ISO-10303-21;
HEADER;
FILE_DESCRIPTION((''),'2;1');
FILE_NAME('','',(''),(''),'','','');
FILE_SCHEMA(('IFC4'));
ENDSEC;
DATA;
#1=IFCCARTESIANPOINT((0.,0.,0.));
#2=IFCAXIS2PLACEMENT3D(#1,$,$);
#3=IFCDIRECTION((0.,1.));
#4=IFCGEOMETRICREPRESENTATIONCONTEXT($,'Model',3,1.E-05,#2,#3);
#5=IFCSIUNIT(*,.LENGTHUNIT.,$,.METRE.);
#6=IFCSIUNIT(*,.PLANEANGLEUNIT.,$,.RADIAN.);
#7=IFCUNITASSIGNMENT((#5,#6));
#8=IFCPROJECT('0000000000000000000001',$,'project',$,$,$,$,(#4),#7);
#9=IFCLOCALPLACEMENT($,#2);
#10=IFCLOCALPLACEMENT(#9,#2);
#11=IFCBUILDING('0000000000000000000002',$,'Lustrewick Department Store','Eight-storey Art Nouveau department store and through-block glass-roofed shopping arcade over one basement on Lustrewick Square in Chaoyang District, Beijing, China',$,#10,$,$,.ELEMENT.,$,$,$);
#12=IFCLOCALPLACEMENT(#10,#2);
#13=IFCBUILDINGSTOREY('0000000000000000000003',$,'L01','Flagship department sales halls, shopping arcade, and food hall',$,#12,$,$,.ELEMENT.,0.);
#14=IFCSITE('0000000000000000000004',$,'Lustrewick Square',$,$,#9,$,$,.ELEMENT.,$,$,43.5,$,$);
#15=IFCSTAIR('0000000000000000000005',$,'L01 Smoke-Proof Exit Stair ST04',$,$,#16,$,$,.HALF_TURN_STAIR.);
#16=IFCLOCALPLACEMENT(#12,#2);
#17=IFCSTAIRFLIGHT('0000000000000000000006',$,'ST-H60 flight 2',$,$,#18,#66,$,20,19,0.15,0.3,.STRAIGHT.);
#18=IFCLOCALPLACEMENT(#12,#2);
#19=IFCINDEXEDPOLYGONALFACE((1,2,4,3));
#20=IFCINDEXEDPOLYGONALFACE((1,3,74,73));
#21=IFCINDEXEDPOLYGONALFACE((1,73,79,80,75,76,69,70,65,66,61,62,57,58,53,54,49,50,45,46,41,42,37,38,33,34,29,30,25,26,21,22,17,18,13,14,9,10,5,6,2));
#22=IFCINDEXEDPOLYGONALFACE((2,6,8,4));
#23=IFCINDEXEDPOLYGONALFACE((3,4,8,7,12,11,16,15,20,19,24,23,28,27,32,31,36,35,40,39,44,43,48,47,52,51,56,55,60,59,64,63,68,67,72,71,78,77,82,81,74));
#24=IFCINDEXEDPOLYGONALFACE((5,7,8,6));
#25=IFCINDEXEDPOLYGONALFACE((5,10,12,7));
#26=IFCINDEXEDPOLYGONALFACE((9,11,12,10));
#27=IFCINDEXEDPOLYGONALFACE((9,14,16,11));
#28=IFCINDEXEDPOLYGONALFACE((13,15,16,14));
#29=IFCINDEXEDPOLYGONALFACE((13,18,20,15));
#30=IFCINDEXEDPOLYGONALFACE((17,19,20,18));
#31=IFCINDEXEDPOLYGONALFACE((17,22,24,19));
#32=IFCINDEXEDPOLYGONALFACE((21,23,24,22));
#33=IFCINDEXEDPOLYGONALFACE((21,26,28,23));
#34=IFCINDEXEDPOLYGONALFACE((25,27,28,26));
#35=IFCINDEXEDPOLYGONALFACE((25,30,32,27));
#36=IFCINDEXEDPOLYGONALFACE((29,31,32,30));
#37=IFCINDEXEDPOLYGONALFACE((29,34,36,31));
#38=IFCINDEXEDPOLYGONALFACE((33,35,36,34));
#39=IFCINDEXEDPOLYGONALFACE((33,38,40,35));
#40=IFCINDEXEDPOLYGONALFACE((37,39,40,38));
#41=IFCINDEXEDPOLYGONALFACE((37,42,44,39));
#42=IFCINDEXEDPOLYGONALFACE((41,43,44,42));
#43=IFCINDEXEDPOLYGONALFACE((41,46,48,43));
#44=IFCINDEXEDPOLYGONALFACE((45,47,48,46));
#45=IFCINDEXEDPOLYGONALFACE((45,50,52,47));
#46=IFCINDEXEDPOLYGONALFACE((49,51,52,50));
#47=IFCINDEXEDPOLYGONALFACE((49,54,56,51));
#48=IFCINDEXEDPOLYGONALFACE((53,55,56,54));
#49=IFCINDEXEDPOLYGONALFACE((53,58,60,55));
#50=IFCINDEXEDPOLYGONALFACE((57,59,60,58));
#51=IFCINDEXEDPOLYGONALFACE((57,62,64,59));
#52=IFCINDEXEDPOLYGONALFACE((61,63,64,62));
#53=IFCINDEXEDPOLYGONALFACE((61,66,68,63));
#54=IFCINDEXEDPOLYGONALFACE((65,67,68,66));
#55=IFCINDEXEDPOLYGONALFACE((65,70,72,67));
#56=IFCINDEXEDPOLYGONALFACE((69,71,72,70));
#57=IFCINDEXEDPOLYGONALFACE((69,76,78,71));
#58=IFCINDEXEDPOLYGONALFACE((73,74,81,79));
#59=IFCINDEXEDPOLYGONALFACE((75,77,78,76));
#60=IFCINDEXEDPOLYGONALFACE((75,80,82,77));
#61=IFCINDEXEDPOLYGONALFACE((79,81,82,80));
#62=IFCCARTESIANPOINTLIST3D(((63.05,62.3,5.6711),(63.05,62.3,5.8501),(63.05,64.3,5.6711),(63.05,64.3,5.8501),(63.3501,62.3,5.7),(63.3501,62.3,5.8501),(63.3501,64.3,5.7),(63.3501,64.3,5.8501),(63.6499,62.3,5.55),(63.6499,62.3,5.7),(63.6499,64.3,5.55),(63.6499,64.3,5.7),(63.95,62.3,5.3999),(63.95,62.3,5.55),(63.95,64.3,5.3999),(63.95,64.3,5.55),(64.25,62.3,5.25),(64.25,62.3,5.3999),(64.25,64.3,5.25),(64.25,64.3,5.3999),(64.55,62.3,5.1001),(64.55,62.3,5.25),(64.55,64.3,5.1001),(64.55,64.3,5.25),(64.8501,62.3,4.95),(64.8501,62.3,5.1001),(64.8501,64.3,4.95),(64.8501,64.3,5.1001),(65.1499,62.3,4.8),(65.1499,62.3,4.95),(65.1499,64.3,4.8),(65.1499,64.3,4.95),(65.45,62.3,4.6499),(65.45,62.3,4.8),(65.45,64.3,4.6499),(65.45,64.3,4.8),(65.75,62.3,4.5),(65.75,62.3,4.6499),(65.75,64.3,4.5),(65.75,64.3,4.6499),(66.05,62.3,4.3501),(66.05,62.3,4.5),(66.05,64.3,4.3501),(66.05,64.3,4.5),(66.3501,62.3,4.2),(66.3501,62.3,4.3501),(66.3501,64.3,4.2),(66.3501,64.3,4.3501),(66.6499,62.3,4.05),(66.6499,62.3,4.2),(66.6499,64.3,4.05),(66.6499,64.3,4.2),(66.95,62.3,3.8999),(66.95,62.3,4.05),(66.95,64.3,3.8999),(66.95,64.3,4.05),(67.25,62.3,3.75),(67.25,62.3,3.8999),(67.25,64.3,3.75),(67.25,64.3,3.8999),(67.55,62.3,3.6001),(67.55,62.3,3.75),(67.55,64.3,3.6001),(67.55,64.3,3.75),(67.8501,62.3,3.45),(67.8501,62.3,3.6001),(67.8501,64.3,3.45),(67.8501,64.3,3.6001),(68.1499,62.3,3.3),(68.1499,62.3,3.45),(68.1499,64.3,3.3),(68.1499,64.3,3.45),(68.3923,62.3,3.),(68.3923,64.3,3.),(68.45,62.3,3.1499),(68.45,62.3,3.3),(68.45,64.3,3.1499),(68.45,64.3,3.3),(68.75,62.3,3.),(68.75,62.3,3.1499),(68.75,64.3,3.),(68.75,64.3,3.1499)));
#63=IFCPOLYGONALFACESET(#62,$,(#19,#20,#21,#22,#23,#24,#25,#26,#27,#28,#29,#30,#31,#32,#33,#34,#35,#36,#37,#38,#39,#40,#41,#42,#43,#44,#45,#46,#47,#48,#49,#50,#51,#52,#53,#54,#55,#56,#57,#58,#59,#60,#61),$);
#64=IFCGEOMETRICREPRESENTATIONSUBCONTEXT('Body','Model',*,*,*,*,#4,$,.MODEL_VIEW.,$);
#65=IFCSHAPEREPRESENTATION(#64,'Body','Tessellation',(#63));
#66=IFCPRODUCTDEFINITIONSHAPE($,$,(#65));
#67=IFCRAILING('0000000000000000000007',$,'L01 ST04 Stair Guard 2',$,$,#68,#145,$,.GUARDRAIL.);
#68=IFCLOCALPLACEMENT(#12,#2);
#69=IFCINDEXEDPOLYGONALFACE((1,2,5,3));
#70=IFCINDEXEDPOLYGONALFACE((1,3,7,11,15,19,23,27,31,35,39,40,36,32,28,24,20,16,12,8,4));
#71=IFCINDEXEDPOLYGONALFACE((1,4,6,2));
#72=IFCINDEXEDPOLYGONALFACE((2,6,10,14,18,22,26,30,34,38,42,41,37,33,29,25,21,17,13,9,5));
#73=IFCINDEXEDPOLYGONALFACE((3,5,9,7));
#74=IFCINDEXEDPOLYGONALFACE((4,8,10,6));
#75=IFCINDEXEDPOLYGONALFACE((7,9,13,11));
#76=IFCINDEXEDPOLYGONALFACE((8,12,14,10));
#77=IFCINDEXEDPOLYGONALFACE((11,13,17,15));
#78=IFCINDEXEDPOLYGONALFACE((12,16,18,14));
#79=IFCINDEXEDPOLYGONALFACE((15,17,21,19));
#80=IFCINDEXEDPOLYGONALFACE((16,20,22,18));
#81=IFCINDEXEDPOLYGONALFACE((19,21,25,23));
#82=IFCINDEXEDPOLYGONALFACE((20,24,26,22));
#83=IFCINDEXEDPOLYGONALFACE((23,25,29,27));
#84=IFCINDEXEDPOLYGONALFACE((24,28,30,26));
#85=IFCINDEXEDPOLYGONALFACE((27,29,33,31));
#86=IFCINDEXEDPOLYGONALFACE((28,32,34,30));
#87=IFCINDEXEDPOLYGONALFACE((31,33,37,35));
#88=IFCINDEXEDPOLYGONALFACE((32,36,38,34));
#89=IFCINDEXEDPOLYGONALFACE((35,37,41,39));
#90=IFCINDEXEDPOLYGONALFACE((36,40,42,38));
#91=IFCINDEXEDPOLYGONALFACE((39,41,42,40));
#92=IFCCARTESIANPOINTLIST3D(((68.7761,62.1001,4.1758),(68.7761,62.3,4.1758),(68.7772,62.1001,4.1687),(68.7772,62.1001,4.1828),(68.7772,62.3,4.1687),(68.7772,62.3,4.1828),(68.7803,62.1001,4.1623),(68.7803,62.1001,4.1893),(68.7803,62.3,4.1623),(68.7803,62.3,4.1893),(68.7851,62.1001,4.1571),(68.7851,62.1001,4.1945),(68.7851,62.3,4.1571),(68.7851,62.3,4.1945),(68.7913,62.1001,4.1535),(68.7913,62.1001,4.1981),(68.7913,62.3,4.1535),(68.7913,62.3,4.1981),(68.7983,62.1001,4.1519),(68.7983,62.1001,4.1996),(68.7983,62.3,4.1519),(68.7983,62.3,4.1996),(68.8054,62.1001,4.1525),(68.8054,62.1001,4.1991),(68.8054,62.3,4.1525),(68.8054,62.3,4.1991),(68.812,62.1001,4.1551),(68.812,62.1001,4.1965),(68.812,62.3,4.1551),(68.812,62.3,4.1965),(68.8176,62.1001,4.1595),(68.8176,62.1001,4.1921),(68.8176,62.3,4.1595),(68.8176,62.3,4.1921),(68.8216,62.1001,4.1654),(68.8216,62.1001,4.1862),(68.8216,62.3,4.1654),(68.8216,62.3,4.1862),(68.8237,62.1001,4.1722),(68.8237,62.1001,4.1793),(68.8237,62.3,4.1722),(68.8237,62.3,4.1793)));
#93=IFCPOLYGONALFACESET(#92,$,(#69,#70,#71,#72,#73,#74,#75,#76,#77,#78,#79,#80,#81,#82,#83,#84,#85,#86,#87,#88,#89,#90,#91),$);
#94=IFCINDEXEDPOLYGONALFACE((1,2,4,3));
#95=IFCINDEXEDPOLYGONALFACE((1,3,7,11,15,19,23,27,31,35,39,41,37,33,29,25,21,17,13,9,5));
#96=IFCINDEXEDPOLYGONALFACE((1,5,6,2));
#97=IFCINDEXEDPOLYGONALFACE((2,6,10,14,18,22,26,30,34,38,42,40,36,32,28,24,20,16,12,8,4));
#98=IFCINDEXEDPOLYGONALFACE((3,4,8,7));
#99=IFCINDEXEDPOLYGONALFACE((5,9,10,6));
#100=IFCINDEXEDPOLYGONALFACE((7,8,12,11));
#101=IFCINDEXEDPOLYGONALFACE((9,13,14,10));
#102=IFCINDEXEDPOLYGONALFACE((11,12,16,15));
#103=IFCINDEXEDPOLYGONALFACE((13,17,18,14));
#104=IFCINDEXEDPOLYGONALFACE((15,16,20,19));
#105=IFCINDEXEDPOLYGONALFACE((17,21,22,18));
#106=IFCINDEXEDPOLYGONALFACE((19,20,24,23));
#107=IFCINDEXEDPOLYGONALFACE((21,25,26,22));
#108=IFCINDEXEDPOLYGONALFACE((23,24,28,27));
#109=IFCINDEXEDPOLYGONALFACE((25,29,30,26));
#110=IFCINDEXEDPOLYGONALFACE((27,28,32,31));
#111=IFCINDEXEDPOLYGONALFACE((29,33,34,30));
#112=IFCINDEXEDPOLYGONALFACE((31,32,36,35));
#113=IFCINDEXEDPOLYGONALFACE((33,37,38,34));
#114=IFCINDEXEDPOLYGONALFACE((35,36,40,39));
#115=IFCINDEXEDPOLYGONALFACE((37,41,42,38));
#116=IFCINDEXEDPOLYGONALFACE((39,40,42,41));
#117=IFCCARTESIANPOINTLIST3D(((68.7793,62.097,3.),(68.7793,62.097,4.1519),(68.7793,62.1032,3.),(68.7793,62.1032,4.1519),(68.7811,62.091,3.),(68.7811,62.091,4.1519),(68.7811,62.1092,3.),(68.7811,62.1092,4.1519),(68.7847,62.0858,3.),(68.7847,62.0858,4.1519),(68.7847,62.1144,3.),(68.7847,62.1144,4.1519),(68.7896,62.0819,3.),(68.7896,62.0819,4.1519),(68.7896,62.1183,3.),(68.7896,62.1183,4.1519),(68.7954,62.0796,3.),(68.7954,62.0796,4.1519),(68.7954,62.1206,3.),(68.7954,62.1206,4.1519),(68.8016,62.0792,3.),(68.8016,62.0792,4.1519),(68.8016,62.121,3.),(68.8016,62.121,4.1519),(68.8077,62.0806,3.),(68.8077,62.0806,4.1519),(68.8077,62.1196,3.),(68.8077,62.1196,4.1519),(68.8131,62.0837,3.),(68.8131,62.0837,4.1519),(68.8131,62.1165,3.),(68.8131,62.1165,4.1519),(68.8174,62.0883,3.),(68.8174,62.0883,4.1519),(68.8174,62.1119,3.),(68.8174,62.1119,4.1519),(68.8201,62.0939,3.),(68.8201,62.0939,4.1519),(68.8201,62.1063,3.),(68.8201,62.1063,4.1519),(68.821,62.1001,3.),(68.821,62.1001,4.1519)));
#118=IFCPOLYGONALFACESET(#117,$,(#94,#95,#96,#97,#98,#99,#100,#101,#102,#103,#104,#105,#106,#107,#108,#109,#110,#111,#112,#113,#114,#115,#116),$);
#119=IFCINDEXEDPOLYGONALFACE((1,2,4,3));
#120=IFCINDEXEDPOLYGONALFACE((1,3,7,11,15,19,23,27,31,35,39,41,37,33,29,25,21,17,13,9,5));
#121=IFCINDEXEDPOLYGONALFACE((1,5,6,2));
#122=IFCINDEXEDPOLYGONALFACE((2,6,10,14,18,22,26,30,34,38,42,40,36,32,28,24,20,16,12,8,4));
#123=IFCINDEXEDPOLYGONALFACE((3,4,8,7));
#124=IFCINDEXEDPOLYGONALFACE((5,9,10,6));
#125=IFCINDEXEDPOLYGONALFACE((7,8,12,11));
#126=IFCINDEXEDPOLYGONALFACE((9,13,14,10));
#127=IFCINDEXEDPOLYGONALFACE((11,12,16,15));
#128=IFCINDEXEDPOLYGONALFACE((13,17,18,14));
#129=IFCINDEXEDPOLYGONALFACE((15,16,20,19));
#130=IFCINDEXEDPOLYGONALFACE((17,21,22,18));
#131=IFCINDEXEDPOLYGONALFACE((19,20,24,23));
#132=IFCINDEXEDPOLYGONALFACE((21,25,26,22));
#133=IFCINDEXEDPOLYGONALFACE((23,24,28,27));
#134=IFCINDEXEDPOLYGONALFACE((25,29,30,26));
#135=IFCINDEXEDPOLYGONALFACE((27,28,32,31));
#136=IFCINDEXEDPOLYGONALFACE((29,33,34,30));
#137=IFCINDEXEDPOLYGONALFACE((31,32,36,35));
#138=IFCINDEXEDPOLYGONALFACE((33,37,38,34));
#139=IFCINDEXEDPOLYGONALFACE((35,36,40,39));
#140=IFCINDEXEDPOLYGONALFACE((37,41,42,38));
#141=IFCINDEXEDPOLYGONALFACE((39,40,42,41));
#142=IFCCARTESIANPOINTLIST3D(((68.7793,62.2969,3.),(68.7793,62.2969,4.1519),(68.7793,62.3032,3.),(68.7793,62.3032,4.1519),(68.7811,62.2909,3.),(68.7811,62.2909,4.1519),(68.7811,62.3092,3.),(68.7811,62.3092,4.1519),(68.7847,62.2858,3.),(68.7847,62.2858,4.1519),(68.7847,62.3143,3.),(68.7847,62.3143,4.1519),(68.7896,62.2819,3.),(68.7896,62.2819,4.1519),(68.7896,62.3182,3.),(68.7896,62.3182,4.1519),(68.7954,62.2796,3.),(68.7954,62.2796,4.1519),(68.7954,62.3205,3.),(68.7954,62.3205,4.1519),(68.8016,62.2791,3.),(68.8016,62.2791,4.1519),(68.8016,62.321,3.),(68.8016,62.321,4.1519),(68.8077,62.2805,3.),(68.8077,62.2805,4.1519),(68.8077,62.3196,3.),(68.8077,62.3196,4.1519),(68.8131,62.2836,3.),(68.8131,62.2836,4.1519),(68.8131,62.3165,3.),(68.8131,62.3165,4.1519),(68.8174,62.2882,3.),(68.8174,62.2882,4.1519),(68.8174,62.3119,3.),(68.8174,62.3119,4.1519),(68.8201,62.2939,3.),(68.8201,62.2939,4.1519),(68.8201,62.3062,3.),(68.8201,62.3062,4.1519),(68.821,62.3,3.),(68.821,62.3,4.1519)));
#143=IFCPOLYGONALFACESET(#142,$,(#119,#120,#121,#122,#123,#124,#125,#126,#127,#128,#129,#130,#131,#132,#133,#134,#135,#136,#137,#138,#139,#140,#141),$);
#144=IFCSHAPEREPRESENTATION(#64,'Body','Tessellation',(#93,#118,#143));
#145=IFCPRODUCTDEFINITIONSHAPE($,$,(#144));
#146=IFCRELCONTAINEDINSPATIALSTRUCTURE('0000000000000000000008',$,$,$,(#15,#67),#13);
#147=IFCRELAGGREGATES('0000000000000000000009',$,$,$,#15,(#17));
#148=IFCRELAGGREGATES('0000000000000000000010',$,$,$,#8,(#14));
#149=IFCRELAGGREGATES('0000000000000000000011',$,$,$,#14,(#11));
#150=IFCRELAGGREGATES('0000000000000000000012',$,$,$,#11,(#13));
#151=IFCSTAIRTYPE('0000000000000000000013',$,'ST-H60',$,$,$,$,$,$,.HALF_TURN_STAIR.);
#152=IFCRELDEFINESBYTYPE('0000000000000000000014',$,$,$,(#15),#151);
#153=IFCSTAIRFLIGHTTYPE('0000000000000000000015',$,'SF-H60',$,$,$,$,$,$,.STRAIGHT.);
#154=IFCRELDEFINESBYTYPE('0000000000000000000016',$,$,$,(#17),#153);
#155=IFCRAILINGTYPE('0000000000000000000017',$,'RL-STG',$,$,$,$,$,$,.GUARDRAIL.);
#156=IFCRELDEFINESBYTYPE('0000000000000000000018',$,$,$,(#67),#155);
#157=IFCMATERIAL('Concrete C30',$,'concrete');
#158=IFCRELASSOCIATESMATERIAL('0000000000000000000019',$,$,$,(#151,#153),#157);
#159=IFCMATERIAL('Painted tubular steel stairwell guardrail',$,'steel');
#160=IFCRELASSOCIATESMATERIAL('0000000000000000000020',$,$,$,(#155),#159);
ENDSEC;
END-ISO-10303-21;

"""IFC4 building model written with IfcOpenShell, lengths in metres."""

from ifc_helpers import new_model, si_unit, direction, frame, origin, origin_2d, place, context, subcontext, project, spatial, polyline, circle, outline, extrude, material, type_object, element, aggregate, save


model = new_model("IFC4")

# Units and contexts
model_context = context("Model", 3, precision=1e-05, world=origin(), true_north=direction((0.0, 1.0)))
body_context = subcontext(model_context, "Body", "Model", "MODEL_VIEW")
ifc_project = project(units=[si_unit("LENGTHUNIT", "METRE"), si_unit("PLANEANGLEUNIT", "RADIAN")], contexts=[model_context])

# Site, building, storey
site_placement = place(None, origin())
site = spatial("IfcSite", under=ifc_project, at=site_placement, Name="Lustrewick Square", CompositionType="ELEMENT", RefElevation=43.5)
building_placement = place(site_placement, origin())
building = spatial("IfcBuilding", under=site, at=building_placement, Name="Lustrewick Department Store", Description="Eight-storey Art Nouveau department store and through-block glass-roofed shopping arcade over one basement on Lustrewick Square in Chaoyang District, Beijing, China", CompositionType="ELEMENT")
storey_placement = place(building_placement, origin())
storey = spatial("IfcBuildingStorey", under=building, at=storey_placement, Name="L01", Description="Flagship department sales halls, shopping arcade, and food hall", CompositionType="ELEMENT", Elevation=0.0)

# Stair, stair flight
ifc_material_1 = material(Name="Concrete C30", Category="concrete")
stair_type = type_object("IfcStairType", Name="ST-H60", PredefinedType="HALF_TURN_STAIR", material=ifc_material_1)
stair_placement = place(storey_placement, origin())
stair = element("IfcStair", 1, at=stair_placement, inside=storey, type_object=stair_type, Name="L01 Smoke-Proof Exit Stair ST04", PredefinedType="HALF_TURN_STAIR")
stair_flight_type = type_object("IfcStairFlightType", Name="SF-H60", PredefinedType="STRAIGHT", material=ifc_material_1)
stair_flight_placement = place(storey_placement, frame((68.75, 63.3, 3.0), z_axis=(0.0, 0.0, 1.0), x_axis=(-1.0, 0.0, 0.0)))
stair_flight = element("IfcStairFlight", 2, at=stair_flight_placement, type_object=stair_flight_type, Name="ST-H60 flight 2", NumberOfRisers=20, NumberOfTreads=19, PredefinedType="STRAIGHT", RiserHeight=0.15, TreadLength=0.3, context=body_context, shape_type="SweptSolid", body=[
    extrude(outline(polyline([(0.0, 0.0), (0.0, 0.1499), (0.3, 0.1499), (0.3, 0.3), (0.6001, 0.3), (0.6001, 0.45), (0.8999, 0.45), (0.8999, 0.6001), (1.2, 0.6001), (1.2, 0.75), (1.5, 0.75), (1.5, 0.8999), (1.8, 0.8999), (1.8, 1.05), (2.1001, 1.05), (2.1001, 1.2), (2.3999, 1.2), (2.3999, 1.3501), (2.7, 1.3501), (2.7, 1.5), (3.0, 1.5), (3.0, 1.6499), (3.3, 1.6499), (3.3, 1.8), (3.6001, 1.8), (3.6001, 1.95), (3.8999, 1.95), (3.8999, 2.1001), (4.2, 2.1001), (4.2, 2.25), (4.5, 2.25), (4.5, 2.3999), (4.8, 2.3999), (4.8, 2.55), (5.1001, 2.55), (5.1001, 2.7), (5.3999, 2.7), (5.3999, 2.8501), (5.7, 2.8501), (5.7, 3.0), (5.7, 2.6711), (0.3577, 0.0), (0.0, 0.0)])), frame((0.0, 1.0, 0.0), z_axis=(0.0, -1.0, 0.0), x_axis=(1.0, 0.0, 0.0)), (0.0, 0.0, 1.0), 2.0),
])
aggregate(stair, [stair_flight])

# Railing
ifc_material_2 = material(Name="Painted tubular steel stairwell guardrail", Category="steel")
railing_type_1 = type_object("IfcRailingType", Name="RL-STG", PredefinedType="GUARDRAIL", material=ifc_material_2)
railing_1_placement = place(storey_placement, frame((68.8, 62.1001, 3.0)))
element("IfcRailing", 3, at=railing_1_placement, inside=storey, type_object=railing_type_1, Name="L01 ST04 Stair Guard 2", PredefinedType="GUARDRAIL", context=body_context, shape_type="SweptSolid", body=[
    extrude(circle(Radius=0.0239, at=origin_2d()), frame((0.0, 0.0, 1.1758), z_axis=(0.0, 1.0, 0.0), x_axis=(-1.0, 0.0, 0.0)), (0.0, 0.0, 1.0), 0.2),
    extrude(circle(Radius=0.021, at=origin_2d()), origin(), (0.0, 0.0, 1.0), 1.1519),
    extrude(circle(Radius=0.021, at=origin_2d()), frame((0.0, 0.2, 0.0)), (0.0, 0.0, 1.0), 1.1519),
])

save(model, "model.ifc")
